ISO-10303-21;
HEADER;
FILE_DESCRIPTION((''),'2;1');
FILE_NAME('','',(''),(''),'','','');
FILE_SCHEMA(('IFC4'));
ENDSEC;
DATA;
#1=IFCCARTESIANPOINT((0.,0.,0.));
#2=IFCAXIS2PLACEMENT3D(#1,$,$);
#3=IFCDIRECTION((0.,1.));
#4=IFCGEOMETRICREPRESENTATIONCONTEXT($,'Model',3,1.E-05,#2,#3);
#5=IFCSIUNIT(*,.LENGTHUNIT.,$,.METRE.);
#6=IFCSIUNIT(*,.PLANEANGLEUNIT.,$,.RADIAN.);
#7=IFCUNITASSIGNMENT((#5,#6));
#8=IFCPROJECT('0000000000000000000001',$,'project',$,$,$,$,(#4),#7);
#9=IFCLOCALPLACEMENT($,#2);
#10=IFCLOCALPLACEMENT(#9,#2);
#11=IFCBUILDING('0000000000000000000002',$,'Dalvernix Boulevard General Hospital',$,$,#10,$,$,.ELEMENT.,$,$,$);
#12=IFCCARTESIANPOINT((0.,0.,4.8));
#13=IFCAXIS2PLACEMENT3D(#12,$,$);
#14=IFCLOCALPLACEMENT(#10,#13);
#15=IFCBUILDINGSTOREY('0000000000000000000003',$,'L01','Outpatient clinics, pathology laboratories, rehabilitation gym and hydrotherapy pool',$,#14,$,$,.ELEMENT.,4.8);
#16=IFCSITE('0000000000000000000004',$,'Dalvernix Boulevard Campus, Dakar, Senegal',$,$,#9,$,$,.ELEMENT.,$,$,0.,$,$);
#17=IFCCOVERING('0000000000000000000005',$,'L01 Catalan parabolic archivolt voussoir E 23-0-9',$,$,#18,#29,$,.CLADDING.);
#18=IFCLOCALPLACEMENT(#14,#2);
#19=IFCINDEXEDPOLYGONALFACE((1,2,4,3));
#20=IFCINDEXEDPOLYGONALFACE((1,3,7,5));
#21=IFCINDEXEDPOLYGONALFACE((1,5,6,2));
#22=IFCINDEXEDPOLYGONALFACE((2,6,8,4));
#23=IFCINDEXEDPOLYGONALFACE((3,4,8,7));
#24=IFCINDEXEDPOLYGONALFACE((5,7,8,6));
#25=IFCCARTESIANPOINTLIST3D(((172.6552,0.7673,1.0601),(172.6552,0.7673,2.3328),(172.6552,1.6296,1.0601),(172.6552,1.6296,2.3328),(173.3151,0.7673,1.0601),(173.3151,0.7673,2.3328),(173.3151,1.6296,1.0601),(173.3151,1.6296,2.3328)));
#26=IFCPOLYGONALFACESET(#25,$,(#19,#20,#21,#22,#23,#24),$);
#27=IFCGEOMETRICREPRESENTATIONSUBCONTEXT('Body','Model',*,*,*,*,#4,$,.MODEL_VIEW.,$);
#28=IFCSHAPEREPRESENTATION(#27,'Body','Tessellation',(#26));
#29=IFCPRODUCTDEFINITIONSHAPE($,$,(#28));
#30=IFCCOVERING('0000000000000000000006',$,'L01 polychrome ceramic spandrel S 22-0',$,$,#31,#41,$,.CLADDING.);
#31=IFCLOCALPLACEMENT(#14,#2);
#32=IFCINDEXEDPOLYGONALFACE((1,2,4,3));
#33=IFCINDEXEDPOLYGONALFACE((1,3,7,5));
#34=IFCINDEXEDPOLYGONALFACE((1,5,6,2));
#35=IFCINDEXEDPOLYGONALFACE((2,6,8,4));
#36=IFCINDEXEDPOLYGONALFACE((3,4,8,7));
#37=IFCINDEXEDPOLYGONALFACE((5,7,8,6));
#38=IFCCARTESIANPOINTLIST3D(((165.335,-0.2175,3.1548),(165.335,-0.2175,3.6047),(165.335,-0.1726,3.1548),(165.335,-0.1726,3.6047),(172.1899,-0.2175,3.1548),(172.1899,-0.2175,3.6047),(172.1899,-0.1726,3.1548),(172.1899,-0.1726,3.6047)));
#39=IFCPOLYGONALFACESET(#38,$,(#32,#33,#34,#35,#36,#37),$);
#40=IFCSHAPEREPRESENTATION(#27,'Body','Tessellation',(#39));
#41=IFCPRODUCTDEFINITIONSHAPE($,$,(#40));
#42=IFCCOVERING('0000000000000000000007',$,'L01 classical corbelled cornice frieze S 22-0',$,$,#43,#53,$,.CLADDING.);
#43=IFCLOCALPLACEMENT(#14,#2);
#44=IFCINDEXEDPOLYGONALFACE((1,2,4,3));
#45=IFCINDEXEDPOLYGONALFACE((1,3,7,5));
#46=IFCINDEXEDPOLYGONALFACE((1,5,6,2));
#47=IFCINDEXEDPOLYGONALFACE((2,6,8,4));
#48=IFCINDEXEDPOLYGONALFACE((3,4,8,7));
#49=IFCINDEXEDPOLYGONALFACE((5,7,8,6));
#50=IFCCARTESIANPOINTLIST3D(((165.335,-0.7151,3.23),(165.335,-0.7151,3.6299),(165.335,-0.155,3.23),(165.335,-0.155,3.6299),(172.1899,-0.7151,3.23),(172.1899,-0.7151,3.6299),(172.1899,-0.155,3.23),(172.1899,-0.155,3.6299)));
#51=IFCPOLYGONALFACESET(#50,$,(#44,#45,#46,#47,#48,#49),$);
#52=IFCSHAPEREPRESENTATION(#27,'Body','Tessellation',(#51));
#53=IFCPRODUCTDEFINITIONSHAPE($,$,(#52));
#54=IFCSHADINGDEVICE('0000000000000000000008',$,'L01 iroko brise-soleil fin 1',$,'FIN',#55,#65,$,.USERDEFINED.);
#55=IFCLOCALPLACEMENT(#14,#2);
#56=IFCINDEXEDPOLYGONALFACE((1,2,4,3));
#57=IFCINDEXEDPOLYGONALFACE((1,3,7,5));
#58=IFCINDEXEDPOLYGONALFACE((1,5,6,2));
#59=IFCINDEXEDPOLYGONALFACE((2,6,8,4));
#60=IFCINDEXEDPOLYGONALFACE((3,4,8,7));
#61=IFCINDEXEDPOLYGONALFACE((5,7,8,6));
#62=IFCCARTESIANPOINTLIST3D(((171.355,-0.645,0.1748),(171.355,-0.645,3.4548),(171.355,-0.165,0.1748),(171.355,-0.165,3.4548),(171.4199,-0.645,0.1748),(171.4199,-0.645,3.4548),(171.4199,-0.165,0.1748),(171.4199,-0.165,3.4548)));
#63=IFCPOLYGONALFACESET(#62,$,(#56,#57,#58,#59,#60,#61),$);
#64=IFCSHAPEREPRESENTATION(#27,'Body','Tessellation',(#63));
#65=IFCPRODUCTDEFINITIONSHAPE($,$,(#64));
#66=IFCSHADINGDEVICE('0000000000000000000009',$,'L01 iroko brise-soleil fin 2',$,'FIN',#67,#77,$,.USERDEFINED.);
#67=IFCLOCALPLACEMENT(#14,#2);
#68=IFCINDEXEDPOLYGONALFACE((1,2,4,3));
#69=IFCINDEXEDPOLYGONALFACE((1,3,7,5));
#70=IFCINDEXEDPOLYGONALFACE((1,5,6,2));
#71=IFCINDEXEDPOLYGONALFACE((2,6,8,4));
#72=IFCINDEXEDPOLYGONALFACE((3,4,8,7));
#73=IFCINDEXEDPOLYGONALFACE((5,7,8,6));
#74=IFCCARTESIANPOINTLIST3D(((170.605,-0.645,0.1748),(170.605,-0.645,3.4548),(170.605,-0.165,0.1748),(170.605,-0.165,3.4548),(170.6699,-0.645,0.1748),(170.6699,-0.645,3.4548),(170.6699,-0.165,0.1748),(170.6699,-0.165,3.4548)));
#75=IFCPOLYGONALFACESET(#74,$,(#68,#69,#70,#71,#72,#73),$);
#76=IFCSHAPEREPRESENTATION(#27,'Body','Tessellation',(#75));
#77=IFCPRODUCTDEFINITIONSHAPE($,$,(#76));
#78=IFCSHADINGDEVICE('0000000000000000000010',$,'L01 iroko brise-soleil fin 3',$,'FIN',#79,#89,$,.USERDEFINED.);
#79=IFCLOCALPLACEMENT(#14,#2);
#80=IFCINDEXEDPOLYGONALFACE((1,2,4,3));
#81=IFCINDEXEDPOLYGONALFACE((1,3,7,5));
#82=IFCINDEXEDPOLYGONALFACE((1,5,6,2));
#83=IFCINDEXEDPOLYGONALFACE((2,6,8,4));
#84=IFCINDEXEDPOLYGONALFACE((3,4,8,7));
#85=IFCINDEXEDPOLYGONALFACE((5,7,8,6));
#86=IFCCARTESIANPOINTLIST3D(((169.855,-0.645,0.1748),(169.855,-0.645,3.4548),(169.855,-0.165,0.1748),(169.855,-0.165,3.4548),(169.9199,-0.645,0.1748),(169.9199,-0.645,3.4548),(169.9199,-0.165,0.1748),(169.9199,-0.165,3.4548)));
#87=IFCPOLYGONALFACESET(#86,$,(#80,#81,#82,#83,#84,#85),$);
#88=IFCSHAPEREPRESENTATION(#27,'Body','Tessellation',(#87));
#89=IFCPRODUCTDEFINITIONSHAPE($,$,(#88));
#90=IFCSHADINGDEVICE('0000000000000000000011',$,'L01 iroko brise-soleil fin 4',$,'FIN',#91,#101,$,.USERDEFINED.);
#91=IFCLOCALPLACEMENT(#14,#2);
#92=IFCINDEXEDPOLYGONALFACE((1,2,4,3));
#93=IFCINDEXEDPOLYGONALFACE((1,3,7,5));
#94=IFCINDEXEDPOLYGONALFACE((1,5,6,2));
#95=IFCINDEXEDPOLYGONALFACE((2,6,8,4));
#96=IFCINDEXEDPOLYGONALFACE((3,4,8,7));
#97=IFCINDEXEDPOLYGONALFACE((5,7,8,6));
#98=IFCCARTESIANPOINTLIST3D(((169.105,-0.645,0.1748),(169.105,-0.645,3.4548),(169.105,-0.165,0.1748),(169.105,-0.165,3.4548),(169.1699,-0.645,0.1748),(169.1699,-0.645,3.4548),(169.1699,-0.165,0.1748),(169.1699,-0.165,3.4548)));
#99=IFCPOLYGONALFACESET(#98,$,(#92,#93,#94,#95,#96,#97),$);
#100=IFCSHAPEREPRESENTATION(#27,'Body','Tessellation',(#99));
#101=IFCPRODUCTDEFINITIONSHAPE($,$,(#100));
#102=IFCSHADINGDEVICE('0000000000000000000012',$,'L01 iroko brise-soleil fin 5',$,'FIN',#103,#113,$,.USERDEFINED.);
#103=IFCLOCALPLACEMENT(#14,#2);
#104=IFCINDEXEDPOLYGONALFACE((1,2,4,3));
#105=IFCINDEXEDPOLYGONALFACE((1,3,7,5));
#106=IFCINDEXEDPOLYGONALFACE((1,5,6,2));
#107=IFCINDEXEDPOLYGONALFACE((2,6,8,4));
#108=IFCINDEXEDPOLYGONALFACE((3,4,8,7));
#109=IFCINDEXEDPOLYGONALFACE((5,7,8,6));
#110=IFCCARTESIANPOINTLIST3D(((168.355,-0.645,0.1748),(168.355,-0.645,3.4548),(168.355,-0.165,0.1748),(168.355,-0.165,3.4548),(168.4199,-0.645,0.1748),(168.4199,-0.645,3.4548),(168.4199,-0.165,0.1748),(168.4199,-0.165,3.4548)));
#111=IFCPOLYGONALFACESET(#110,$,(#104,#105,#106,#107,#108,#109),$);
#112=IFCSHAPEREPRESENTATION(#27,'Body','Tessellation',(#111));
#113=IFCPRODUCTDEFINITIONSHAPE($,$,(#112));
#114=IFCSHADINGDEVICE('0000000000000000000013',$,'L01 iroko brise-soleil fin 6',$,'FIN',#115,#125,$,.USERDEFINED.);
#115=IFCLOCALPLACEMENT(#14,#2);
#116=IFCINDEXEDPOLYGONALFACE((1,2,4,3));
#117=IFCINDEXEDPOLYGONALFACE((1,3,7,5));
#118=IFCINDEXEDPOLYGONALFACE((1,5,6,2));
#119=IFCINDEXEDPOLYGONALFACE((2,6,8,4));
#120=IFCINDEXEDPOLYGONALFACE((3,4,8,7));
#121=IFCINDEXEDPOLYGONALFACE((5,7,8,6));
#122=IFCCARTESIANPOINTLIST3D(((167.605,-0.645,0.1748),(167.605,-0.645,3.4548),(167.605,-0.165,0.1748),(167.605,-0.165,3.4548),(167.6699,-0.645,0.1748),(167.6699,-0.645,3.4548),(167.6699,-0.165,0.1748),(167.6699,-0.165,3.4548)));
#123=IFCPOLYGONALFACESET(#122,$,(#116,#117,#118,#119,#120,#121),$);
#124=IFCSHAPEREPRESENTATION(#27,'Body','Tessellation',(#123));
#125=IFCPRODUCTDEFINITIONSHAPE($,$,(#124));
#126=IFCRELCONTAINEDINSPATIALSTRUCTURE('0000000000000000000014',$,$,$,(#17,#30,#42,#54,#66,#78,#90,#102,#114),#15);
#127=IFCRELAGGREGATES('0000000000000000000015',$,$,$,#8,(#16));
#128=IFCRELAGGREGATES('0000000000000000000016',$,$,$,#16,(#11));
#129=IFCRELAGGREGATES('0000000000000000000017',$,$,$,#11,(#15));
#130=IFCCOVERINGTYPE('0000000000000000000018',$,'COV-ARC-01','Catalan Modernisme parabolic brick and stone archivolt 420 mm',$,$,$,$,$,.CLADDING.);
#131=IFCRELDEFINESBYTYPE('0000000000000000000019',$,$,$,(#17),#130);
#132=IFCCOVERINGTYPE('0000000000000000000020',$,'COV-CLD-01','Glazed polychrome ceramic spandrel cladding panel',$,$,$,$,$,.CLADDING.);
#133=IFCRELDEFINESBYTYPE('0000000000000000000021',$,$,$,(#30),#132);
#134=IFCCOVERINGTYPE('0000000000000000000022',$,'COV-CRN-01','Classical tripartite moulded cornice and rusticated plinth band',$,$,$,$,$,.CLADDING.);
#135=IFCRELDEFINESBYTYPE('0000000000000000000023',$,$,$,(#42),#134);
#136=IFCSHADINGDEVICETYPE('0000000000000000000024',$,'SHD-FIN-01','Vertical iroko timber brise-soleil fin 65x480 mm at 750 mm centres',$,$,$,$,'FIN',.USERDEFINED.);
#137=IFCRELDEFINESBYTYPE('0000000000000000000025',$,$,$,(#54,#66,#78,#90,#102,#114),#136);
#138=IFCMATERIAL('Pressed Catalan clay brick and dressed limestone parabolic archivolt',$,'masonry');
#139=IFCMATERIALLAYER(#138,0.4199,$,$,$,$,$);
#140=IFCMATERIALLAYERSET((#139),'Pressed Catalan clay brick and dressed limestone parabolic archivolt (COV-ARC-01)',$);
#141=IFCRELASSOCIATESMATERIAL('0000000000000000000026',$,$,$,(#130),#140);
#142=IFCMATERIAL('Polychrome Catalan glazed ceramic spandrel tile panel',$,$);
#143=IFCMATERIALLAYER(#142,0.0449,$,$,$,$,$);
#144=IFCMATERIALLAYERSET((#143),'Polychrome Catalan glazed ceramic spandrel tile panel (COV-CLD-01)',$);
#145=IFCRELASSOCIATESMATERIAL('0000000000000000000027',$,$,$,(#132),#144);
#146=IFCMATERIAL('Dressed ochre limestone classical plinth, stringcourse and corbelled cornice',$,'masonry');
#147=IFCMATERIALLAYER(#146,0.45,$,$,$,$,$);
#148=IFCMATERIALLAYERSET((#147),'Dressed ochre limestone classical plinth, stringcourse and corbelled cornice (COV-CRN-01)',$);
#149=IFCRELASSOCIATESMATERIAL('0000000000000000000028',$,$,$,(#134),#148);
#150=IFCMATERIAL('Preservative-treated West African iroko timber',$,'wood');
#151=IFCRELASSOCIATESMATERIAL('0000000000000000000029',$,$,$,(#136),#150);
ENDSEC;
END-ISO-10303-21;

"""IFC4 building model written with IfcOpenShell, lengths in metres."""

from ifc_helpers import new_model, si_unit, direction, frame, origin, origin_2d, place, context, subcontext, project, spatial, rectangle, extrude, material, layer, layer_set, type_object, element, save


model = new_model("IFC4")

# Units and contexts
model_context = context("Model", 3, precision=1e-05, world=origin(), true_north=direction((0.0, 1.0)))
body_context = subcontext(model_context, "Body", "Model", "MODEL_VIEW")
ifc_project = project(units=[si_unit("LENGTHUNIT", "METRE"), si_unit("PLANEANGLEUNIT", "RADIAN")], contexts=[model_context])

# Site, building, storey
site_placement = place(None, origin())
site = spatial("IfcSite", under=ifc_project, at=site_placement, Name="Dalvernix Boulevard Campus, Dakar, Senegal", CompositionType="ELEMENT", RefElevation=0.0)
building_placement = place(site_placement, origin())
building = spatial("IfcBuilding", under=site, at=building_placement, Name="Dalvernix Boulevard General Hospital", CompositionType="ELEMENT")
storey_placement = place(building_placement, frame((0.0, 0.0, 4.8)))
storey = spatial("IfcBuildingStorey", under=building, at=storey_placement, Name="L01", Description="Outpatient clinics, pathology laboratories, rehabilitation gym and hydrotherapy pool", CompositionType="ELEMENT", Elevation=4.8)

# Coverings
ifc_material_1 = material(Name="Pressed Catalan clay brick and dressed limestone parabolic archivolt", Category="masonry")
ifc_layer_1 = layer(ifc_material_1, 0.4199)
ifc_layer_set_1 = layer_set([ifc_layer_1], Name="Pressed Catalan clay brick and dressed limestone parabolic archivolt (COV-ARC-01)")
covering_type_1 = type_object("IfcCoveringType", Name="COV-ARC-01", Description="Catalan Modernisme parabolic brick and stone archivolt 420 mm", PredefinedType="CLADDING", material=ifc_layer_set_1)
covering_1_placement = place(storey_placement, frame((172.9851, 1.1985, 1.0601), z_axis=(0.0, 0.0, 1.0), x_axis=(0.0, -1.0, 0.0)))
element("IfcCovering", 1, at=covering_1_placement, inside=storey, type_object=covering_type_1, Name="L01 Catalan parabolic archivolt voussoir E 23-0-9", PredefinedType="CLADDING", context=body_context, shape_type="SweptSolid", body=[
    extrude(rectangle(XDim=0.8623, YDim=0.6599, at=origin_2d()), origin(), (0.0, 0.0, 1.0), 1.2727),
])
ifc_material_2 = material(Name="Polychrome Catalan glazed ceramic spandrel tile panel")
ifc_layer_2 = layer(ifc_material_2, 0.0449)
ifc_layer_set_2 = layer_set([ifc_layer_2], Name="Polychrome Catalan glazed ceramic spandrel tile panel (COV-CLD-01)")
covering_type_2 = type_object("IfcCoveringType", Name="COV-CLD-01", Description="Glazed polychrome ceramic spandrel cladding panel", PredefinedType="CLADDING", material=ifc_layer_set_2)
covering_2_placement = place(storey_placement, frame((168.7625, -0.1951, 3.1548), z_axis=(0.0, 0.0, 1.0), x_axis=(-1.0, 0.0, 0.0)))
element("IfcCovering", 2, at=covering_2_placement, inside=storey, type_object=covering_type_2, Name="L01 polychrome ceramic spandrel S 22-0", PredefinedType="CLADDING", context=body_context, shape_type="SweptSolid", body=[
    extrude(rectangle(XDim=6.855, YDim=0.0449, at=origin_2d()), origin(), (0.0, 0.0, 1.0), 0.45),
])
ifc_material_3 = material(Name="Dressed ochre limestone classical plinth, stringcourse and corbelled cornice", Category="masonry")
ifc_layer_3 = layer(ifc_material_3, 0.45)
ifc_layer_set_3 = layer_set([ifc_layer_3], Name="Dressed ochre limestone classical plinth, stringcourse and corbelled cornice (COV-CRN-01)")
covering_type_3 = type_object("IfcCoveringType", Name="COV-CRN-01", Description="Classical tripartite moulded cornice and rusticated plinth band", PredefinedType="CLADDING", material=ifc_layer_set_3)
covering_3_placement = place(storey_placement, frame((168.7625, -0.4351, 3.23), z_axis=(0.0, 0.0, 1.0), x_axis=(-1.0, 0.0, 0.0)))
element("IfcCovering", 3, at=covering_3_placement, inside=storey, type_object=covering_type_3, Name="L01 classical corbelled cornice frieze S 22-0", PredefinedType="CLADDING", context=body_context, shape_type="SweptSolid", body=[
    extrude(rectangle(XDim=6.855, YDim=0.5601, at=origin_2d()), origin(), (0.0, 0.0, 1.0), 0.3999),
])

# Shading devices
ifc_material_4 = material(Name="Preservative-treated West African iroko timber", Category="wood")
shading_device_type = type_object("IfcShadingDeviceType", Name="SHD-FIN-01", Description="Vertical iroko timber brise-soleil fin 65x480 mm at 750 mm centres", ElementType="FIN", PredefinedType="USERDEFINED", material=ifc_material_4)
for number, where, z_axis, x_axis, name in (
    (4, (171.3875, -0.405, 0.1748), (0.0, 0.0, 1.0), (-1.0, 0.0, 0.0), "L01 iroko brise-soleil fin 1"),
    (5, (170.6375, -0.405, 0.1748), (0.0, 0.0, 1.0), (-1.0, 0.0, 0.0), "L01 iroko brise-soleil fin 2"),
    (6, (169.8875, -0.405, 0.1748), (0.0, 0.0, 1.0), (-1.0, 0.0, 0.0), "L01 iroko brise-soleil fin 3"),
    (7, (169.1375, -0.405, 0.1748), (0.0, 0.0, 1.0), (-1.0, 0.0, 0.0), "L01 iroko brise-soleil fin 4"),
    (8, (168.3875, -0.405, 0.1748), (0.0, 0.0, 1.0), (-1.0, 0.0, 0.0), "L01 iroko brise-soleil fin 5"),
    (9, (167.6375, -0.405, 0.1748), (0.0, 0.0, 1.0), (-1.0, 0.0, 0.0), "L01 iroko brise-soleil fin 6"),
):
    element("IfcShadingDevice", number, at=place(storey_placement, frame(where, z_axis=z_axis, x_axis=x_axis)), inside=storey, type_object=shading_device_type, Name=name, ObjectType="FIN", PredefinedType="USERDEFINED", context=body_context, shape_type="SweptSolid", body=[
        extrude(rectangle(XDim=0.0649, YDim=0.48, at=origin_2d()), origin(), (0.0, 0.0, 1.0), 3.28),
    ])

save(model, "model.ifc")
